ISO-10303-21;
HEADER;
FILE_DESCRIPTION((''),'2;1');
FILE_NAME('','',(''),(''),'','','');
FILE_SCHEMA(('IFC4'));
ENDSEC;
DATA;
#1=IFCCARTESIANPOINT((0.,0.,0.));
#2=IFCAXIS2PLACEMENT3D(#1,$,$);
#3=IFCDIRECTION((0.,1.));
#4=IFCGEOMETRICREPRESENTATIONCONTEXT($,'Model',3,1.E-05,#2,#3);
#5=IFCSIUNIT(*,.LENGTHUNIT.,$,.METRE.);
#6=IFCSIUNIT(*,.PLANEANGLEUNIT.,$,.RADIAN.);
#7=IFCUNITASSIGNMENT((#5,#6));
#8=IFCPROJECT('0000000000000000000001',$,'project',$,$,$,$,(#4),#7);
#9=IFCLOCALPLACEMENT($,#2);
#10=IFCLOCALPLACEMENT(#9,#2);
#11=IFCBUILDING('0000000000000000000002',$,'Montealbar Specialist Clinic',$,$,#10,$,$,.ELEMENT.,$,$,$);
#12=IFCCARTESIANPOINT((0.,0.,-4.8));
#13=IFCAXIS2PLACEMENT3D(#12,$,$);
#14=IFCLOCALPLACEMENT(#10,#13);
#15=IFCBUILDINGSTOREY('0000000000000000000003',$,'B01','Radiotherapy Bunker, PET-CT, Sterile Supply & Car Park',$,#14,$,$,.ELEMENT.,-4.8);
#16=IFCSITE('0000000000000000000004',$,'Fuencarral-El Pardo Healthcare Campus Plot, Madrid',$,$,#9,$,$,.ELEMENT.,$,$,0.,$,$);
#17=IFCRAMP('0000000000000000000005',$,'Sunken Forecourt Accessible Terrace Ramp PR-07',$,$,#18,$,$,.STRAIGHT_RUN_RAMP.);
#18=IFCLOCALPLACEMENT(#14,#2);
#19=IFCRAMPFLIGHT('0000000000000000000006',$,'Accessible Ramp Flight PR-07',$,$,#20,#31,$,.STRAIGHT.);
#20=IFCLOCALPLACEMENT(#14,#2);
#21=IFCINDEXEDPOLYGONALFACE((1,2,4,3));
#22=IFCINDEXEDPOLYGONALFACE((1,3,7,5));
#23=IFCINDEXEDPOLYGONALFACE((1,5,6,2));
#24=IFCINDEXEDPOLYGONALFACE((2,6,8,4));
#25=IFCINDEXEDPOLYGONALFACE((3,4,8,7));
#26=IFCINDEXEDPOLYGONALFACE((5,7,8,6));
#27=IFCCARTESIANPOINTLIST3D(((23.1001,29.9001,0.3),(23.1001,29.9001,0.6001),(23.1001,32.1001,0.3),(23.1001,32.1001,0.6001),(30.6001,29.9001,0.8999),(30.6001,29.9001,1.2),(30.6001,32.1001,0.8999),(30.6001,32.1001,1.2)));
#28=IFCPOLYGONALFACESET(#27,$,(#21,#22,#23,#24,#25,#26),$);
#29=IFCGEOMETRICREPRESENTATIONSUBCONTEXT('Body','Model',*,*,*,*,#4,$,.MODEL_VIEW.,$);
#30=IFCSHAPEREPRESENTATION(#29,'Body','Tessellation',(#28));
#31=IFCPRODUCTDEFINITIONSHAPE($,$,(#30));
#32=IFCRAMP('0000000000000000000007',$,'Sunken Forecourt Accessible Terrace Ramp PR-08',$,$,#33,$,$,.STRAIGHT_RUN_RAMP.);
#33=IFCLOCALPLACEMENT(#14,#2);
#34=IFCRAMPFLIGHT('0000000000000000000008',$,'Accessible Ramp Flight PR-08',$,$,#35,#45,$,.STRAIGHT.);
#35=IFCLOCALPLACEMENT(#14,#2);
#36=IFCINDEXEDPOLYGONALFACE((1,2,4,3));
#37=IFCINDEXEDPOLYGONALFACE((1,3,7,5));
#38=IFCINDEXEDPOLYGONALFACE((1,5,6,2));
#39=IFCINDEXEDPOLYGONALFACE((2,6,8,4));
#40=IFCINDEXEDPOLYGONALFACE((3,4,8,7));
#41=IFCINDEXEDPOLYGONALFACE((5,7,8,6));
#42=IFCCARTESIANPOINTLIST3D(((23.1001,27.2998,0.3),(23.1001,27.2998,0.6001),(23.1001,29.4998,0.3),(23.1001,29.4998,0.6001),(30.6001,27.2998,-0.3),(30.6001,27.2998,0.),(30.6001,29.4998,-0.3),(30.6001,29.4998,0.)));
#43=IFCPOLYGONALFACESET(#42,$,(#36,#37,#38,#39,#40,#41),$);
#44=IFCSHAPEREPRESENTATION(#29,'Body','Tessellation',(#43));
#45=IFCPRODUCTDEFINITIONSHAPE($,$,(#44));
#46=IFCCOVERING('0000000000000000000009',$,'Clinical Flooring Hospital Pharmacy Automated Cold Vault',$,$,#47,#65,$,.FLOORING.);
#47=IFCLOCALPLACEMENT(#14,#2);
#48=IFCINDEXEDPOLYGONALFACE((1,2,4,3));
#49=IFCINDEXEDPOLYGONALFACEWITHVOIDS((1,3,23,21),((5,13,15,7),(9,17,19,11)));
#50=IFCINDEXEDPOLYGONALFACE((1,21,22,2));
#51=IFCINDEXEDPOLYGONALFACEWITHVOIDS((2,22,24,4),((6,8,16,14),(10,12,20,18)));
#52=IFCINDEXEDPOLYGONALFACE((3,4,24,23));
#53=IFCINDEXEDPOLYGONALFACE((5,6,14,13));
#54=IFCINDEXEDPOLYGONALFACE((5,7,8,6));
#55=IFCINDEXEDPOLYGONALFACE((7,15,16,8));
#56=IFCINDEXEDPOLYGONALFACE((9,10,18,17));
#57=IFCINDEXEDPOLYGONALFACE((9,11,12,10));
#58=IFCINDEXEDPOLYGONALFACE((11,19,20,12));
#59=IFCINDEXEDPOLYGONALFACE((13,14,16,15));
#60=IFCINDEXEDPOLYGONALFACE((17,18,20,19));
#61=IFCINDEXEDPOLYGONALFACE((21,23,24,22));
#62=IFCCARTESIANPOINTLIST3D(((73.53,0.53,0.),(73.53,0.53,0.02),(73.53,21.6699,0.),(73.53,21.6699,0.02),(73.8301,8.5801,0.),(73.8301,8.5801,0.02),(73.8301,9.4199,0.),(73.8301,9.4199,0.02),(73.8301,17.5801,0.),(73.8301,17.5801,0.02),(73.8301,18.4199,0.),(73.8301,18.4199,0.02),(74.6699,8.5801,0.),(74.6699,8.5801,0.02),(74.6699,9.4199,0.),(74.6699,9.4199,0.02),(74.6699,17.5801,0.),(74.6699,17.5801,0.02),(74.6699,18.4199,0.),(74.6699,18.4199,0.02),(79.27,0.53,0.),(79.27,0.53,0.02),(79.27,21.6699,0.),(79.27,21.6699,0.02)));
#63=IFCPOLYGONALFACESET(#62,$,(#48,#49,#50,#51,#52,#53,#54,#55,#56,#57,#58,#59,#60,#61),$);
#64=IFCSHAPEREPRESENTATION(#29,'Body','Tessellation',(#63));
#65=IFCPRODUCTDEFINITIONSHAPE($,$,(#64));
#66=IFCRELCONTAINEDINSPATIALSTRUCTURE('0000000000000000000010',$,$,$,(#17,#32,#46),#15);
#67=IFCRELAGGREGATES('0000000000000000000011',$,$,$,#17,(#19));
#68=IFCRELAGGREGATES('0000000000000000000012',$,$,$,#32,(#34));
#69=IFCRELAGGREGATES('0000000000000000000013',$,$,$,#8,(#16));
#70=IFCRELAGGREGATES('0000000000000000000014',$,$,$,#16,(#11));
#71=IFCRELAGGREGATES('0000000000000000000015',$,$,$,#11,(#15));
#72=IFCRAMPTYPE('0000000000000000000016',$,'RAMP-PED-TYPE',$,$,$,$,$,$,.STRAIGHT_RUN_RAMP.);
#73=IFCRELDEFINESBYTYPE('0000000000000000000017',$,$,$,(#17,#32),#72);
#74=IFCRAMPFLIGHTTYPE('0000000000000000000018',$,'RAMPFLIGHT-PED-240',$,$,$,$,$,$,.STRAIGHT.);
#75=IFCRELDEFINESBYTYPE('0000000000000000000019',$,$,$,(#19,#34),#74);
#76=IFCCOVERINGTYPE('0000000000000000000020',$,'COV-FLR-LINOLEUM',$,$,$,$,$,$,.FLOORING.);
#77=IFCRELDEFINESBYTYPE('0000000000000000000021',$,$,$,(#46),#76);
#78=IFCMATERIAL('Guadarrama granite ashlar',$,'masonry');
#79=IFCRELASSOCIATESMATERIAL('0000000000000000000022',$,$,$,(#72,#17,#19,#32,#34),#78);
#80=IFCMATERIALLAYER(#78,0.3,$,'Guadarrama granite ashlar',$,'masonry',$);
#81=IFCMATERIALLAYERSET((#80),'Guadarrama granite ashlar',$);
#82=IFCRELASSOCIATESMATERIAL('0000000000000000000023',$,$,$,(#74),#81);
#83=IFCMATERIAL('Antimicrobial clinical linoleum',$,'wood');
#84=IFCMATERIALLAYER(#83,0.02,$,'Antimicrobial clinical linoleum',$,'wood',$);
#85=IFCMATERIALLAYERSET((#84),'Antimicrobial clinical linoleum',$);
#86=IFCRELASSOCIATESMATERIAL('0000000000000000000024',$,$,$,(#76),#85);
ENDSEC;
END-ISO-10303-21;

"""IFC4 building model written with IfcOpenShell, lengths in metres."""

from ifc_helpers import new_model, si_unit, direction, frame, origin, place, context, subcontext, project, spatial, polyline, outline, extrude, material, layer, layer_set, type_object, element, aggregate, save


model = new_model("IFC4")

# Units and contexts
model_context = context("Model", 3, precision=1e-05, world=origin(), true_north=direction((0.0, 1.0)))
body_context = subcontext(model_context, "Body", "Model", "MODEL_VIEW")
ifc_project = project(units=[si_unit("LENGTHUNIT", "METRE"), si_unit("PLANEANGLEUNIT", "RADIAN")], contexts=[model_context])

# Site, building, storey
site_placement = place(None, origin())
site = spatial("IfcSite", under=ifc_project, at=site_placement, Name="Fuencarral-El Pardo Healthcare Campus Plot, Madrid", CompositionType="ELEMENT", RefElevation=0.0)
building_placement = place(site_placement, origin())
building = spatial("IfcBuilding", under=site, at=building_placement, Name="Montealbar Specialist Clinic", CompositionType="ELEMENT")
storey_placement = place(building_placement, frame((0.0, 0.0, -4.8)))
storey = spatial("IfcBuildingStorey", under=building, at=storey_placement, Name="B01", Description="Radiotherapy Bunker, PET-CT, Sterile Supply & Car Park", CompositionType="ELEMENT", Elevation=-4.8)

# Shared definitions
ifc_material_1 = material(Name="Guadarrama granite ashlar", Category="masonry")

# Ramps, ramp flights
ramp_type = type_object("IfcRampType", Name="RAMP-PED-TYPE", PredefinedType="STRAIGHT_RUN_RAMP", material=ifc_material_1)
ifc_layer_1 = layer(ifc_material_1, 0.3, Name="Guadarrama granite ashlar", Category="masonry")
ifc_layer_set_1 = layer_set([ifc_layer_1], Name="Guadarrama granite ashlar")
ramp_flight_type = type_object("IfcRampFlightType", Name="RAMPFLIGHT-PED-240", PredefinedType="STRAIGHT", material=ifc_layer_set_1)
ramp_1_placement = place(storey_placement, origin())
ramp_1 = element("IfcRamp", 1, at=ramp_1_placement, inside=storey, type_object=ramp_type, material=ifc_material_1, Name="Sunken Forecourt Accessible Terrace Ramp PR-07", PredefinedType="STRAIGHT_RUN_RAMP")
ramp_flight_1_placement = place(storey_placement, frame((23.1001, 31.0, 0.6001), z_axis=(0.0, 0.0, 1.0), x_axis=(1.0, 0.0, 0.0)))
ramp_flight_1 = element("IfcRampFlight", 2, at=ramp_flight_1_placement, type_object=ramp_flight_type, material=ifc_material_1, Name="Accessible Ramp Flight PR-07", PredefinedType="STRAIGHT", context=body_context, shape_type="SweptSolid", body=[
    extrude(outline(polyline([(0.0, -0.3), (7.5, 0.2998), (7.5, 0.5999), (0.0, 0.0), (0.0, -0.3)])), frame((0.0, 1.1001, 0.0), z_axis=(0.0, -1.0, 0.0), x_axis=(1.0, 0.0, 0.0)), (0.0, 0.0, 1.0), 2.2),
])
aggregate(ramp_1, [ramp_flight_1])
ramp_2_placement = place(storey_placement, origin())
ramp_2 = element("IfcRamp", 3, at=ramp_2_placement, inside=storey, type_object=ramp_type, material=ifc_material_1, Name="Sunken Forecourt Accessible Terrace Ramp PR-08", PredefinedType="STRAIGHT_RUN_RAMP")
ramp_flight_2_placement = place(storey_placement, frame((30.6001, 28.3999, 0.0), z_axis=(0.0, 0.0, 1.0), x_axis=(-1.0, 0.0, 0.0)))
ramp_flight_2 = element("IfcRampFlight", 4, at=ramp_flight_2_placement, type_object=ramp_flight_type, material=ifc_material_1, Name="Accessible Ramp Flight PR-08", PredefinedType="STRAIGHT", context=body_context, shape_type="SweptSolid", body=[
    extrude(outline(polyline([(0.0, -0.3), (7.5, 0.3), (7.5, 0.6001), (0.0, 0.0), (0.0, -0.3)])), frame((0.0, 1.1001, 0.0), z_axis=(0.0, -1.0, 0.0), x_axis=(1.0, 0.0, 0.0)), (0.0, 0.0, 1.0), 2.2),
])
aggregate(ramp_2, [ramp_flight_2])

# Covering
ifc_material_2 = material(Name="Antimicrobial clinical linoleum", Category="wood")
ifc_layer_2 = layer(ifc_material_2, 0.02, Name="Antimicrobial clinical linoleum", Category="wood")
ifc_layer_set_2 = layer_set([ifc_layer_2], Name="Antimicrobial clinical linoleum")
covering_type = type_object("IfcCoveringType", Name="COV-FLR-LINOLEUM", PredefinedType="FLOORING", material=ifc_layer_set_2)
covering_placement = place(storey_placement, origin())
element("IfcCovering", 5, at=covering_placement, inside=storey, type_object=covering_type, Name="Clinical Flooring Hospital Pharmacy Automated Cold Vault", PredefinedType="FLOORING", context=body_context, shape_type="SweptSolid", body=[
    extrude(outline(polyline([(73.53, 21.6699), (79.27, 21.6699), (79.27, 0.53), (73.53, 0.53), (73.53, 21.6699)]), holes=[polyline([(74.6699, 9.4199), (73.8301, 9.4199), (73.8301, 8.5801), (74.6699, 8.5801), (74.6699, 9.4199)]), polyline([(74.6699, 18.4199), (73.8301, 18.4199), (73.8301, 17.5801), (74.6699, 17.5801), (74.6699, 18.4199)])]), origin(), (0.0, 0.0, 1.0), 0.02),
])

save(model, "model.ifc")
